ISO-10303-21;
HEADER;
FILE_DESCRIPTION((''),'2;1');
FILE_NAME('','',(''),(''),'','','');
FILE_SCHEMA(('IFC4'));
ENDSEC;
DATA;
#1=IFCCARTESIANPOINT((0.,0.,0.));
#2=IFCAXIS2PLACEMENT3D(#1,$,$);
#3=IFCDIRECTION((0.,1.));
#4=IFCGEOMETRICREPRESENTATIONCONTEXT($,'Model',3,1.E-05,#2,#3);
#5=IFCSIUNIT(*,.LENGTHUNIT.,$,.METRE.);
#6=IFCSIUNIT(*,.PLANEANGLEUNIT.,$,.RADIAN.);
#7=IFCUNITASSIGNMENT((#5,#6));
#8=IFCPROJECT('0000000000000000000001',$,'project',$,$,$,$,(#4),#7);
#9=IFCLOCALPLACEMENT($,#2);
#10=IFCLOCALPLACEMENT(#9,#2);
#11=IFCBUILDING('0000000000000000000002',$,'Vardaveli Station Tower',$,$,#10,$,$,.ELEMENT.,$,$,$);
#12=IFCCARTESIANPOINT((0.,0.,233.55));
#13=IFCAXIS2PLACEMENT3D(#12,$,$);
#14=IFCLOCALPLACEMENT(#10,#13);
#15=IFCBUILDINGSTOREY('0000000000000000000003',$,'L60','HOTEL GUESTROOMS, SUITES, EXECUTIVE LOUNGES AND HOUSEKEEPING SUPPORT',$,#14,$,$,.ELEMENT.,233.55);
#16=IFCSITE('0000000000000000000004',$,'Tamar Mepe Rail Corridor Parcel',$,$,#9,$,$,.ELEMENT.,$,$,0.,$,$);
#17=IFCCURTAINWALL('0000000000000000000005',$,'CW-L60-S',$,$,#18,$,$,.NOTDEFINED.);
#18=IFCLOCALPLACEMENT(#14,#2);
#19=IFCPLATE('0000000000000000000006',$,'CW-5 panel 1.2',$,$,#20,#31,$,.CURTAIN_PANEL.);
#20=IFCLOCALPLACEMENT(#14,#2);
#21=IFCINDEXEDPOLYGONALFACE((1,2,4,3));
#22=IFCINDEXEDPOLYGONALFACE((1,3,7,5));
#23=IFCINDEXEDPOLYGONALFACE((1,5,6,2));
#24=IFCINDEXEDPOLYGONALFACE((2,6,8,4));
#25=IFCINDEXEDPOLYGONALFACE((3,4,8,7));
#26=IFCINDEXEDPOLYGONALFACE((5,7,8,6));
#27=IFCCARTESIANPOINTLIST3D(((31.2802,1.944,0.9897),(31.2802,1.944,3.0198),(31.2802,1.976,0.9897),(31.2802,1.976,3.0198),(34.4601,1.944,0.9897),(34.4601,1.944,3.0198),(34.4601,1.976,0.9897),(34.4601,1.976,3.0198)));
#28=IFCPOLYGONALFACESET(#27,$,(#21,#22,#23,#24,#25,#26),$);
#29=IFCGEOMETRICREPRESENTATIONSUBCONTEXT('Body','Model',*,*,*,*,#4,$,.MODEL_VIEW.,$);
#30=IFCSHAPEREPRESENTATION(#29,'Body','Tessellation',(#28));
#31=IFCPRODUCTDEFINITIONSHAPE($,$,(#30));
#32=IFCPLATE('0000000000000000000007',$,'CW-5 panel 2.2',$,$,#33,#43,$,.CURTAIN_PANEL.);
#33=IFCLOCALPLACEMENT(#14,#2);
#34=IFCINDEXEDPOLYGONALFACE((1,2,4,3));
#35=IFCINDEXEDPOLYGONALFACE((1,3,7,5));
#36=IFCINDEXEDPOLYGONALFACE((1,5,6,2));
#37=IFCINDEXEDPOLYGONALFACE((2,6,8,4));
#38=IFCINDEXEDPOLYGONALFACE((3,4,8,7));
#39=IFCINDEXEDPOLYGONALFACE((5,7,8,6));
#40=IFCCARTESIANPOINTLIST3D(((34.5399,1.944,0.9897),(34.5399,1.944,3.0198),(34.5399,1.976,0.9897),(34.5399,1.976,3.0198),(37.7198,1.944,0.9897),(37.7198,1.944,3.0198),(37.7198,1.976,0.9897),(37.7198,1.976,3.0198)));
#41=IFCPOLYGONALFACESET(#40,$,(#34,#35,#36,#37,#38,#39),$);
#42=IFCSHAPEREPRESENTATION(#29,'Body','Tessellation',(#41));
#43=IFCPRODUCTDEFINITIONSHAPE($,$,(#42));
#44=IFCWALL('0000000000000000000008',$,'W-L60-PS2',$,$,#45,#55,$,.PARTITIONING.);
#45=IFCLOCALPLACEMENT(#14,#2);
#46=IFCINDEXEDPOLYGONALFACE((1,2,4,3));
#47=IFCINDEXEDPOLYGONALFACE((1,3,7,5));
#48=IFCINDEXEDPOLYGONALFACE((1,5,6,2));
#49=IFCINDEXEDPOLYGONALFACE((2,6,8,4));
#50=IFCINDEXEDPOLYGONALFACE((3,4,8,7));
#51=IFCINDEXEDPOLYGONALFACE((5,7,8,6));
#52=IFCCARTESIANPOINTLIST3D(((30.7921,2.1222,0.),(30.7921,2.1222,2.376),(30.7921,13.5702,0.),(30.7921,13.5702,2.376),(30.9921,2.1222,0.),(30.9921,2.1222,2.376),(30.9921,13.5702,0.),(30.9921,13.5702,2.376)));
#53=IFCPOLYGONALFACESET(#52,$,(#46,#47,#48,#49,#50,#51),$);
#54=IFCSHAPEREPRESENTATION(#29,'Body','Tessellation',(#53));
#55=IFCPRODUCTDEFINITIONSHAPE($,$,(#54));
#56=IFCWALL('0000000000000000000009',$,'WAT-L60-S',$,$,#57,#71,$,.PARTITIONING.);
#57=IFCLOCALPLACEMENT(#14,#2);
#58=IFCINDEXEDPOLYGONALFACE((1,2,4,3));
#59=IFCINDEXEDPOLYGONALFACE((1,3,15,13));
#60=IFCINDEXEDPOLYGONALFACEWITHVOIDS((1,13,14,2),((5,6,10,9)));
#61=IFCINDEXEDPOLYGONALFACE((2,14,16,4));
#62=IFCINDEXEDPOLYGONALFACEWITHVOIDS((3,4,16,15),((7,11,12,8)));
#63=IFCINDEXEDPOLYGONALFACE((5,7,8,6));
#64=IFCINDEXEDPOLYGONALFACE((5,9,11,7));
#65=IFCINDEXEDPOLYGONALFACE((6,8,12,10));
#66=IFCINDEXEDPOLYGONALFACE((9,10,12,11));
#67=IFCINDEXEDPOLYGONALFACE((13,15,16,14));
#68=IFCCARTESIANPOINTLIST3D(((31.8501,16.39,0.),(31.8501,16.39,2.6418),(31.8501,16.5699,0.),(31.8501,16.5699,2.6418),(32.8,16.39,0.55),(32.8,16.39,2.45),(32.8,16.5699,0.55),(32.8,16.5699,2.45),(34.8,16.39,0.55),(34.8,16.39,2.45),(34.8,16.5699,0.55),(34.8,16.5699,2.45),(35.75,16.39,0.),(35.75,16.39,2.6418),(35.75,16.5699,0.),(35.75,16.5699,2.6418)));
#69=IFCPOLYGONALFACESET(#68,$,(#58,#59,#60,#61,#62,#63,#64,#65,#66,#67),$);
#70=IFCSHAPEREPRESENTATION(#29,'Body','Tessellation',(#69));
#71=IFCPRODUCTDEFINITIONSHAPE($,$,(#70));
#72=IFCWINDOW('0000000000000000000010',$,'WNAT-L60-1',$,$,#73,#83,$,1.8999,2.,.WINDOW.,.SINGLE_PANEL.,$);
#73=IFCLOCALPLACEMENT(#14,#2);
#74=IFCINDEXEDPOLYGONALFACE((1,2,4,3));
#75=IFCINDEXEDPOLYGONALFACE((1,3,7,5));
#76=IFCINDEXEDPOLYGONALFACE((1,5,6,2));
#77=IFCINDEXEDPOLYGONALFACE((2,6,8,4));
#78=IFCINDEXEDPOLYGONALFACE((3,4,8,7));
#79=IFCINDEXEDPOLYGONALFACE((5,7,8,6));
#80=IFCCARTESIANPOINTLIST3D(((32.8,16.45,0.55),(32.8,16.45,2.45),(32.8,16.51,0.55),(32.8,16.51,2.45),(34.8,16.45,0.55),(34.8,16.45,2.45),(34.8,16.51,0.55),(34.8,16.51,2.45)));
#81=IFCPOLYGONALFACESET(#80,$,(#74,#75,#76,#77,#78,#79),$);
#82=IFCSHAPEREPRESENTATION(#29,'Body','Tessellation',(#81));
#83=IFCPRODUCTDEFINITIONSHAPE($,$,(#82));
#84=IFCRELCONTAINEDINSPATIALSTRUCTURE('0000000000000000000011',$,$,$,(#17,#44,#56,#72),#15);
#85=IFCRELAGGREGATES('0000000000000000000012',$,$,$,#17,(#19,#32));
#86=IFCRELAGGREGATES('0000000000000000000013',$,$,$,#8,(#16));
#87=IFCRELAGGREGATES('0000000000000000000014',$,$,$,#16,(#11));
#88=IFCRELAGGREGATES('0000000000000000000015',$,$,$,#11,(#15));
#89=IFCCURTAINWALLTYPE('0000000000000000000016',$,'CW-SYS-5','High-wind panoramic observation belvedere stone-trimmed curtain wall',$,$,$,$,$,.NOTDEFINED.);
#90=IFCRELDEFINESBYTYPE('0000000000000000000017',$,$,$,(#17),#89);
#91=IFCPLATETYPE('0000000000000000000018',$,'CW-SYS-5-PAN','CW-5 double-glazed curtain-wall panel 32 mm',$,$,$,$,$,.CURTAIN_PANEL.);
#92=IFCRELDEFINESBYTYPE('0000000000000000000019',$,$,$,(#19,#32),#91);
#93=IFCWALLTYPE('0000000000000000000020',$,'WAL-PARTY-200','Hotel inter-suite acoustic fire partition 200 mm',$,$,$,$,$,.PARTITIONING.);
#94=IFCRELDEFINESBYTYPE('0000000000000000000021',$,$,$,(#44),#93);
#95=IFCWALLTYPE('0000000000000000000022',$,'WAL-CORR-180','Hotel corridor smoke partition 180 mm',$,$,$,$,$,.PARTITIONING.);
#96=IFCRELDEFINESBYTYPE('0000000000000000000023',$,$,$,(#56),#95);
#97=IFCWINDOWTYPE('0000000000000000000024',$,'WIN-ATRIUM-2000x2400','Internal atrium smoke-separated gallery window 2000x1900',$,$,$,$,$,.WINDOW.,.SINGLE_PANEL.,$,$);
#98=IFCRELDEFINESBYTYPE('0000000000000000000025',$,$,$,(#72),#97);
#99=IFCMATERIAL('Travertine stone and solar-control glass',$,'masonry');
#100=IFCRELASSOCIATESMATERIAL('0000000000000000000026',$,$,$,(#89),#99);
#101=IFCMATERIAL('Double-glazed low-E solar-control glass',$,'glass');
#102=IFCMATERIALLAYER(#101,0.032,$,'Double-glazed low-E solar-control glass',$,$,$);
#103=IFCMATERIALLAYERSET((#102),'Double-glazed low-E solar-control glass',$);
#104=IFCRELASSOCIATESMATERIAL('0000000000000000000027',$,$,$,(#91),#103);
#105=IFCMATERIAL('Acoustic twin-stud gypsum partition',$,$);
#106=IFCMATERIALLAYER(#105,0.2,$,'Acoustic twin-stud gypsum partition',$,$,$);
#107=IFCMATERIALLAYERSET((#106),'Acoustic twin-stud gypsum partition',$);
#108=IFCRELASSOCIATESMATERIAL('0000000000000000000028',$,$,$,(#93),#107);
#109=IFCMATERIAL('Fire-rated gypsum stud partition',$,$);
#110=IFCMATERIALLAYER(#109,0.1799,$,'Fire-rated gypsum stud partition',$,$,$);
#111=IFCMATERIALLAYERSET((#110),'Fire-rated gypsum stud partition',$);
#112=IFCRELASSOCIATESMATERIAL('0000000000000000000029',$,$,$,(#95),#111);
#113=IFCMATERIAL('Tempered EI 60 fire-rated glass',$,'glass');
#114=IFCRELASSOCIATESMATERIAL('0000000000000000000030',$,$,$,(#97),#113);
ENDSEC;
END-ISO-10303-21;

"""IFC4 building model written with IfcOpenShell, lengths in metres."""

from ifc_helpers import new_model, si_unit, direction, frame, frame_2d, origin, origin_2d, place, context, subcontext, project, spatial, rectangle, extrude, source, transform, mapped, material, layer, layer_set, type_object, element, fill, aggregate, save


model = new_model("IFC4")

# Units and contexts
model_context = context("Model", 3, precision=1e-05, world=origin(), true_north=direction((0.0, 1.0)))
body_context = subcontext(model_context, "Body", "Model", "MODEL_VIEW")
ifc_project = project(units=[si_unit("LENGTHUNIT", "METRE"), si_unit("PLANEANGLEUNIT", "RADIAN")], contexts=[model_context])

# Site, building, storey
site_placement = place(None, origin())
site = spatial("IfcSite", under=ifc_project, at=site_placement, Name="Tamar Mepe Rail Corridor Parcel", CompositionType="ELEMENT", RefElevation=0.0)
building_placement = place(site_placement, origin())
building = spatial("IfcBuilding", under=site, at=building_placement, Name="Vardaveli Station Tower", CompositionType="ELEMENT")
storey_placement = place(building_placement, frame((0.0, 0.0, 233.55)))
storey = spatial("IfcBuildingStorey", under=building, at=storey_placement, Name="L60", Description="HOTEL GUESTROOMS, SUITES, EXECUTIVE LOUNGES AND HOUSEKEEPING SUPPORT", CompositionType="ELEMENT", Elevation=233.55)

# Curtain wall, plates
ifc_material_1 = material(Name="Travertine stone and solar-control glass", Category="masonry")
curtain_wall_type = type_object("IfcCurtainWallType", Name="CW-SYS-5", Description="High-wind panoramic observation belvedere stone-trimmed curtain wall", PredefinedType="NOTDEFINED", material=ifc_material_1)
curtain_wall_placement = place(storey_placement, origin())
curtain_wall = element("IfcCurtainWall", 1, at=curtain_wall_placement, inside=storey, type_object=curtain_wall_type, Name="CW-L60-S", PredefinedType="NOTDEFINED")
ifc_material_2 = material(Name="Double-glazed low-E solar-control glass", Category="glass")
ifc_layer_1 = layer(ifc_material_2, 0.032, Name="Double-glazed low-E solar-control glass")
ifc_layer_set_1 = layer_set([ifc_layer_1], Name="Double-glazed low-E solar-control glass")
plate_type = type_object("IfcPlateType", Name="CW-SYS-5-PAN", Description="CW-5 double-glazed curtain-wall panel 32 mm", PredefinedType="CURTAIN_PANEL", material=ifc_layer_set_1)
shared_shape_1 = source(origin(), body_context, "Body", "SweptSolid", [
    extrude(rectangle(XDim=3.1799, YDim=0.032, at=origin_2d()), origin(), (0.0, 0.0, 1.0), 2.03),
])
plate_1_placement = place(storey_placement, frame((32.8701, 1.96, 0.9897), z_axis=(0.0, 0.0, 1.0), x_axis=(1.0, 0.0, 0.0)))
plate_1 = element("IfcPlate", 2, at=plate_1_placement, type_object=plate_type, Name="CW-5 panel 1.2", PredefinedType="CURTAIN_PANEL", context=body_context, shape_type="MappedRepresentation", body=[
    mapped(shared_shape_1, transform((0.0, 0.0, 0.0), scale=1.0)),
])
plate_2_placement = place(storey_placement, frame((36.1299, 1.96, 0.9897), z_axis=(0.0, 0.0, 1.0), x_axis=(1.0, 0.0, 0.0)))
plate_2 = element("IfcPlate", 3, at=plate_2_placement, type_object=plate_type, Name="CW-5 panel 2.2", PredefinedType="CURTAIN_PANEL", context=body_context, shape_type="MappedRepresentation", body=[
    mapped(shared_shape_1, transform((0.0, 0.0, 0.0), scale=1.0)),
])
aggregate(curtain_wall, [plate_1, plate_2])

# Wall
ifc_material_3 = material(Name="Acoustic twin-stud gypsum partition")
ifc_layer_2 = layer(ifc_material_3, 0.2, Name="Acoustic twin-stud gypsum partition")
ifc_layer_set_2 = layer_set([ifc_layer_2], Name="Acoustic twin-stud gypsum partition")
wall_type_1 = type_object("IfcWallType", Name="WAL-PARTY-200", Description="Hotel inter-suite acoustic fire partition 200 mm", PredefinedType="PARTITIONING", material=ifc_layer_set_2)
shared_shape_2 = source(origin(), body_context, "Body", "SweptSolid", [
    extrude(rectangle(XDim=11.448, YDim=0.2, at=frame_2d((5.7241, 0.0))), origin(), (0.0, 0.0, 1.0), 2.376),
])
wall_1_placement = place(storey_placement, frame((30.8921, 2.1221, 0.0), z_axis=(0.0, 0.0, 1.0), x_axis=(0.0, 1.0, 0.0)))
element("IfcWall", 4, at=wall_1_placement, inside=storey, type_object=wall_type_1, Name="W-L60-PS2", PredefinedType="PARTITIONING", context=body_context, shape_type="MappedRepresentation", body=[
    mapped(shared_shape_2, transform((0.0, 0.0, 0.0), scale=1.0)),
])

# Wall, opening, window
ifc_material_4 = material(Name="Fire-rated gypsum stud partition")
ifc_layer_3 = layer(ifc_material_4, 0.1799, Name="Fire-rated gypsum stud partition")
ifc_layer_set_3 = layer_set([ifc_layer_3], Name="Fire-rated gypsum stud partition")
wall_type_2 = type_object("IfcWallType", Name="WAL-CORR-180", Description="Hotel corridor smoke partition 180 mm", PredefinedType="PARTITIONING", material=ifc_layer_set_3)
shared_shape_3 = source(origin(), body_context, "Body", "SweptSolid", [
    extrude(rectangle(XDim=3.8999, YDim=0.1799, at=frame_2d((1.95, 0.0))), origin(), (0.0, 0.0, 1.0), 2.6418),
])
wall_2_placement = place(storey_placement, frame((31.8501, 16.48, 0.0), z_axis=(0.0, 0.0, 1.0), x_axis=(1.0, 0.0, 0.0)))
wall_2 = element("IfcWall", 5, at=wall_2_placement, inside=storey, type_object=wall_type_2, Name="WAT-L60-S", PredefinedType="PARTITIONING", context=body_context, shape_type="MappedRepresentation", body=[
    mapped(shared_shape_3, transform((0.0, 0.0, 0.0), scale=1.0)),
])
shared_shape_4 = source(origin(), body_context, "Body", "SweptSolid", [
    extrude(rectangle(XDim=2.0, YDim=1.8999, at=frame_2d((1.0, 0.95))), frame((0.0, 0.1001, 0.0), z_axis=(0.0, -1.0, 0.0), x_axis=(1.0, 0.0, 0.0)), (0.0, 0.0, 1.0), 0.2),
])
opening_placement = place(wall_2_placement, frame((0.95, 0.0, 0.55)))
opening = element("IfcOpeningElement", 6, at=opening_placement, cuts=wall_2, PredefinedType="OPENING", context=body_context, shape_type="MappedRepresentation", body=[
    mapped(shared_shape_4, transform((0.0, 0.0, 0.0), scale=1.0)),
])
ifc_material_5 = material(Name="Tempered EI 60 fire-rated glass", Category="glass")
window_type = type_object("IfcWindowType", Name="WIN-ATRIUM-2000x2400", Description="Internal atrium smoke-separated gallery window 2000x1900", PartitioningType="SINGLE_PANEL", PredefinedType="WINDOW", material=ifc_material_5)
shared_shape_5 = source(origin(), body_context, "Body", "SweptSolid", [
    extrude(rectangle(XDim=2.0, YDim=1.8999, at=frame_2d((1.0, 0.95))), frame((0.0, 0.03, 0.0), z_axis=(0.0, -1.0, 0.0), x_axis=(1.0, 0.0, 0.0)), (0.0, 0.0, 1.0), 0.0601),
])
window_placement = place(opening_placement, origin())
window = element("IfcWindow", 7, at=window_placement, inside=storey, type_object=window_type, Name="WNAT-L60-1", OverallHeight=1.8999, OverallWidth=2.0, PartitioningType="SINGLE_PANEL", PredefinedType="WINDOW", context=body_context, shape_type="MappedRepresentation", body=[
    mapped(shared_shape_5, transform((0.0, 0.0, 0.0), scale=1.0)),
])
fill(opening, window)

save(model, "model.ifc")
